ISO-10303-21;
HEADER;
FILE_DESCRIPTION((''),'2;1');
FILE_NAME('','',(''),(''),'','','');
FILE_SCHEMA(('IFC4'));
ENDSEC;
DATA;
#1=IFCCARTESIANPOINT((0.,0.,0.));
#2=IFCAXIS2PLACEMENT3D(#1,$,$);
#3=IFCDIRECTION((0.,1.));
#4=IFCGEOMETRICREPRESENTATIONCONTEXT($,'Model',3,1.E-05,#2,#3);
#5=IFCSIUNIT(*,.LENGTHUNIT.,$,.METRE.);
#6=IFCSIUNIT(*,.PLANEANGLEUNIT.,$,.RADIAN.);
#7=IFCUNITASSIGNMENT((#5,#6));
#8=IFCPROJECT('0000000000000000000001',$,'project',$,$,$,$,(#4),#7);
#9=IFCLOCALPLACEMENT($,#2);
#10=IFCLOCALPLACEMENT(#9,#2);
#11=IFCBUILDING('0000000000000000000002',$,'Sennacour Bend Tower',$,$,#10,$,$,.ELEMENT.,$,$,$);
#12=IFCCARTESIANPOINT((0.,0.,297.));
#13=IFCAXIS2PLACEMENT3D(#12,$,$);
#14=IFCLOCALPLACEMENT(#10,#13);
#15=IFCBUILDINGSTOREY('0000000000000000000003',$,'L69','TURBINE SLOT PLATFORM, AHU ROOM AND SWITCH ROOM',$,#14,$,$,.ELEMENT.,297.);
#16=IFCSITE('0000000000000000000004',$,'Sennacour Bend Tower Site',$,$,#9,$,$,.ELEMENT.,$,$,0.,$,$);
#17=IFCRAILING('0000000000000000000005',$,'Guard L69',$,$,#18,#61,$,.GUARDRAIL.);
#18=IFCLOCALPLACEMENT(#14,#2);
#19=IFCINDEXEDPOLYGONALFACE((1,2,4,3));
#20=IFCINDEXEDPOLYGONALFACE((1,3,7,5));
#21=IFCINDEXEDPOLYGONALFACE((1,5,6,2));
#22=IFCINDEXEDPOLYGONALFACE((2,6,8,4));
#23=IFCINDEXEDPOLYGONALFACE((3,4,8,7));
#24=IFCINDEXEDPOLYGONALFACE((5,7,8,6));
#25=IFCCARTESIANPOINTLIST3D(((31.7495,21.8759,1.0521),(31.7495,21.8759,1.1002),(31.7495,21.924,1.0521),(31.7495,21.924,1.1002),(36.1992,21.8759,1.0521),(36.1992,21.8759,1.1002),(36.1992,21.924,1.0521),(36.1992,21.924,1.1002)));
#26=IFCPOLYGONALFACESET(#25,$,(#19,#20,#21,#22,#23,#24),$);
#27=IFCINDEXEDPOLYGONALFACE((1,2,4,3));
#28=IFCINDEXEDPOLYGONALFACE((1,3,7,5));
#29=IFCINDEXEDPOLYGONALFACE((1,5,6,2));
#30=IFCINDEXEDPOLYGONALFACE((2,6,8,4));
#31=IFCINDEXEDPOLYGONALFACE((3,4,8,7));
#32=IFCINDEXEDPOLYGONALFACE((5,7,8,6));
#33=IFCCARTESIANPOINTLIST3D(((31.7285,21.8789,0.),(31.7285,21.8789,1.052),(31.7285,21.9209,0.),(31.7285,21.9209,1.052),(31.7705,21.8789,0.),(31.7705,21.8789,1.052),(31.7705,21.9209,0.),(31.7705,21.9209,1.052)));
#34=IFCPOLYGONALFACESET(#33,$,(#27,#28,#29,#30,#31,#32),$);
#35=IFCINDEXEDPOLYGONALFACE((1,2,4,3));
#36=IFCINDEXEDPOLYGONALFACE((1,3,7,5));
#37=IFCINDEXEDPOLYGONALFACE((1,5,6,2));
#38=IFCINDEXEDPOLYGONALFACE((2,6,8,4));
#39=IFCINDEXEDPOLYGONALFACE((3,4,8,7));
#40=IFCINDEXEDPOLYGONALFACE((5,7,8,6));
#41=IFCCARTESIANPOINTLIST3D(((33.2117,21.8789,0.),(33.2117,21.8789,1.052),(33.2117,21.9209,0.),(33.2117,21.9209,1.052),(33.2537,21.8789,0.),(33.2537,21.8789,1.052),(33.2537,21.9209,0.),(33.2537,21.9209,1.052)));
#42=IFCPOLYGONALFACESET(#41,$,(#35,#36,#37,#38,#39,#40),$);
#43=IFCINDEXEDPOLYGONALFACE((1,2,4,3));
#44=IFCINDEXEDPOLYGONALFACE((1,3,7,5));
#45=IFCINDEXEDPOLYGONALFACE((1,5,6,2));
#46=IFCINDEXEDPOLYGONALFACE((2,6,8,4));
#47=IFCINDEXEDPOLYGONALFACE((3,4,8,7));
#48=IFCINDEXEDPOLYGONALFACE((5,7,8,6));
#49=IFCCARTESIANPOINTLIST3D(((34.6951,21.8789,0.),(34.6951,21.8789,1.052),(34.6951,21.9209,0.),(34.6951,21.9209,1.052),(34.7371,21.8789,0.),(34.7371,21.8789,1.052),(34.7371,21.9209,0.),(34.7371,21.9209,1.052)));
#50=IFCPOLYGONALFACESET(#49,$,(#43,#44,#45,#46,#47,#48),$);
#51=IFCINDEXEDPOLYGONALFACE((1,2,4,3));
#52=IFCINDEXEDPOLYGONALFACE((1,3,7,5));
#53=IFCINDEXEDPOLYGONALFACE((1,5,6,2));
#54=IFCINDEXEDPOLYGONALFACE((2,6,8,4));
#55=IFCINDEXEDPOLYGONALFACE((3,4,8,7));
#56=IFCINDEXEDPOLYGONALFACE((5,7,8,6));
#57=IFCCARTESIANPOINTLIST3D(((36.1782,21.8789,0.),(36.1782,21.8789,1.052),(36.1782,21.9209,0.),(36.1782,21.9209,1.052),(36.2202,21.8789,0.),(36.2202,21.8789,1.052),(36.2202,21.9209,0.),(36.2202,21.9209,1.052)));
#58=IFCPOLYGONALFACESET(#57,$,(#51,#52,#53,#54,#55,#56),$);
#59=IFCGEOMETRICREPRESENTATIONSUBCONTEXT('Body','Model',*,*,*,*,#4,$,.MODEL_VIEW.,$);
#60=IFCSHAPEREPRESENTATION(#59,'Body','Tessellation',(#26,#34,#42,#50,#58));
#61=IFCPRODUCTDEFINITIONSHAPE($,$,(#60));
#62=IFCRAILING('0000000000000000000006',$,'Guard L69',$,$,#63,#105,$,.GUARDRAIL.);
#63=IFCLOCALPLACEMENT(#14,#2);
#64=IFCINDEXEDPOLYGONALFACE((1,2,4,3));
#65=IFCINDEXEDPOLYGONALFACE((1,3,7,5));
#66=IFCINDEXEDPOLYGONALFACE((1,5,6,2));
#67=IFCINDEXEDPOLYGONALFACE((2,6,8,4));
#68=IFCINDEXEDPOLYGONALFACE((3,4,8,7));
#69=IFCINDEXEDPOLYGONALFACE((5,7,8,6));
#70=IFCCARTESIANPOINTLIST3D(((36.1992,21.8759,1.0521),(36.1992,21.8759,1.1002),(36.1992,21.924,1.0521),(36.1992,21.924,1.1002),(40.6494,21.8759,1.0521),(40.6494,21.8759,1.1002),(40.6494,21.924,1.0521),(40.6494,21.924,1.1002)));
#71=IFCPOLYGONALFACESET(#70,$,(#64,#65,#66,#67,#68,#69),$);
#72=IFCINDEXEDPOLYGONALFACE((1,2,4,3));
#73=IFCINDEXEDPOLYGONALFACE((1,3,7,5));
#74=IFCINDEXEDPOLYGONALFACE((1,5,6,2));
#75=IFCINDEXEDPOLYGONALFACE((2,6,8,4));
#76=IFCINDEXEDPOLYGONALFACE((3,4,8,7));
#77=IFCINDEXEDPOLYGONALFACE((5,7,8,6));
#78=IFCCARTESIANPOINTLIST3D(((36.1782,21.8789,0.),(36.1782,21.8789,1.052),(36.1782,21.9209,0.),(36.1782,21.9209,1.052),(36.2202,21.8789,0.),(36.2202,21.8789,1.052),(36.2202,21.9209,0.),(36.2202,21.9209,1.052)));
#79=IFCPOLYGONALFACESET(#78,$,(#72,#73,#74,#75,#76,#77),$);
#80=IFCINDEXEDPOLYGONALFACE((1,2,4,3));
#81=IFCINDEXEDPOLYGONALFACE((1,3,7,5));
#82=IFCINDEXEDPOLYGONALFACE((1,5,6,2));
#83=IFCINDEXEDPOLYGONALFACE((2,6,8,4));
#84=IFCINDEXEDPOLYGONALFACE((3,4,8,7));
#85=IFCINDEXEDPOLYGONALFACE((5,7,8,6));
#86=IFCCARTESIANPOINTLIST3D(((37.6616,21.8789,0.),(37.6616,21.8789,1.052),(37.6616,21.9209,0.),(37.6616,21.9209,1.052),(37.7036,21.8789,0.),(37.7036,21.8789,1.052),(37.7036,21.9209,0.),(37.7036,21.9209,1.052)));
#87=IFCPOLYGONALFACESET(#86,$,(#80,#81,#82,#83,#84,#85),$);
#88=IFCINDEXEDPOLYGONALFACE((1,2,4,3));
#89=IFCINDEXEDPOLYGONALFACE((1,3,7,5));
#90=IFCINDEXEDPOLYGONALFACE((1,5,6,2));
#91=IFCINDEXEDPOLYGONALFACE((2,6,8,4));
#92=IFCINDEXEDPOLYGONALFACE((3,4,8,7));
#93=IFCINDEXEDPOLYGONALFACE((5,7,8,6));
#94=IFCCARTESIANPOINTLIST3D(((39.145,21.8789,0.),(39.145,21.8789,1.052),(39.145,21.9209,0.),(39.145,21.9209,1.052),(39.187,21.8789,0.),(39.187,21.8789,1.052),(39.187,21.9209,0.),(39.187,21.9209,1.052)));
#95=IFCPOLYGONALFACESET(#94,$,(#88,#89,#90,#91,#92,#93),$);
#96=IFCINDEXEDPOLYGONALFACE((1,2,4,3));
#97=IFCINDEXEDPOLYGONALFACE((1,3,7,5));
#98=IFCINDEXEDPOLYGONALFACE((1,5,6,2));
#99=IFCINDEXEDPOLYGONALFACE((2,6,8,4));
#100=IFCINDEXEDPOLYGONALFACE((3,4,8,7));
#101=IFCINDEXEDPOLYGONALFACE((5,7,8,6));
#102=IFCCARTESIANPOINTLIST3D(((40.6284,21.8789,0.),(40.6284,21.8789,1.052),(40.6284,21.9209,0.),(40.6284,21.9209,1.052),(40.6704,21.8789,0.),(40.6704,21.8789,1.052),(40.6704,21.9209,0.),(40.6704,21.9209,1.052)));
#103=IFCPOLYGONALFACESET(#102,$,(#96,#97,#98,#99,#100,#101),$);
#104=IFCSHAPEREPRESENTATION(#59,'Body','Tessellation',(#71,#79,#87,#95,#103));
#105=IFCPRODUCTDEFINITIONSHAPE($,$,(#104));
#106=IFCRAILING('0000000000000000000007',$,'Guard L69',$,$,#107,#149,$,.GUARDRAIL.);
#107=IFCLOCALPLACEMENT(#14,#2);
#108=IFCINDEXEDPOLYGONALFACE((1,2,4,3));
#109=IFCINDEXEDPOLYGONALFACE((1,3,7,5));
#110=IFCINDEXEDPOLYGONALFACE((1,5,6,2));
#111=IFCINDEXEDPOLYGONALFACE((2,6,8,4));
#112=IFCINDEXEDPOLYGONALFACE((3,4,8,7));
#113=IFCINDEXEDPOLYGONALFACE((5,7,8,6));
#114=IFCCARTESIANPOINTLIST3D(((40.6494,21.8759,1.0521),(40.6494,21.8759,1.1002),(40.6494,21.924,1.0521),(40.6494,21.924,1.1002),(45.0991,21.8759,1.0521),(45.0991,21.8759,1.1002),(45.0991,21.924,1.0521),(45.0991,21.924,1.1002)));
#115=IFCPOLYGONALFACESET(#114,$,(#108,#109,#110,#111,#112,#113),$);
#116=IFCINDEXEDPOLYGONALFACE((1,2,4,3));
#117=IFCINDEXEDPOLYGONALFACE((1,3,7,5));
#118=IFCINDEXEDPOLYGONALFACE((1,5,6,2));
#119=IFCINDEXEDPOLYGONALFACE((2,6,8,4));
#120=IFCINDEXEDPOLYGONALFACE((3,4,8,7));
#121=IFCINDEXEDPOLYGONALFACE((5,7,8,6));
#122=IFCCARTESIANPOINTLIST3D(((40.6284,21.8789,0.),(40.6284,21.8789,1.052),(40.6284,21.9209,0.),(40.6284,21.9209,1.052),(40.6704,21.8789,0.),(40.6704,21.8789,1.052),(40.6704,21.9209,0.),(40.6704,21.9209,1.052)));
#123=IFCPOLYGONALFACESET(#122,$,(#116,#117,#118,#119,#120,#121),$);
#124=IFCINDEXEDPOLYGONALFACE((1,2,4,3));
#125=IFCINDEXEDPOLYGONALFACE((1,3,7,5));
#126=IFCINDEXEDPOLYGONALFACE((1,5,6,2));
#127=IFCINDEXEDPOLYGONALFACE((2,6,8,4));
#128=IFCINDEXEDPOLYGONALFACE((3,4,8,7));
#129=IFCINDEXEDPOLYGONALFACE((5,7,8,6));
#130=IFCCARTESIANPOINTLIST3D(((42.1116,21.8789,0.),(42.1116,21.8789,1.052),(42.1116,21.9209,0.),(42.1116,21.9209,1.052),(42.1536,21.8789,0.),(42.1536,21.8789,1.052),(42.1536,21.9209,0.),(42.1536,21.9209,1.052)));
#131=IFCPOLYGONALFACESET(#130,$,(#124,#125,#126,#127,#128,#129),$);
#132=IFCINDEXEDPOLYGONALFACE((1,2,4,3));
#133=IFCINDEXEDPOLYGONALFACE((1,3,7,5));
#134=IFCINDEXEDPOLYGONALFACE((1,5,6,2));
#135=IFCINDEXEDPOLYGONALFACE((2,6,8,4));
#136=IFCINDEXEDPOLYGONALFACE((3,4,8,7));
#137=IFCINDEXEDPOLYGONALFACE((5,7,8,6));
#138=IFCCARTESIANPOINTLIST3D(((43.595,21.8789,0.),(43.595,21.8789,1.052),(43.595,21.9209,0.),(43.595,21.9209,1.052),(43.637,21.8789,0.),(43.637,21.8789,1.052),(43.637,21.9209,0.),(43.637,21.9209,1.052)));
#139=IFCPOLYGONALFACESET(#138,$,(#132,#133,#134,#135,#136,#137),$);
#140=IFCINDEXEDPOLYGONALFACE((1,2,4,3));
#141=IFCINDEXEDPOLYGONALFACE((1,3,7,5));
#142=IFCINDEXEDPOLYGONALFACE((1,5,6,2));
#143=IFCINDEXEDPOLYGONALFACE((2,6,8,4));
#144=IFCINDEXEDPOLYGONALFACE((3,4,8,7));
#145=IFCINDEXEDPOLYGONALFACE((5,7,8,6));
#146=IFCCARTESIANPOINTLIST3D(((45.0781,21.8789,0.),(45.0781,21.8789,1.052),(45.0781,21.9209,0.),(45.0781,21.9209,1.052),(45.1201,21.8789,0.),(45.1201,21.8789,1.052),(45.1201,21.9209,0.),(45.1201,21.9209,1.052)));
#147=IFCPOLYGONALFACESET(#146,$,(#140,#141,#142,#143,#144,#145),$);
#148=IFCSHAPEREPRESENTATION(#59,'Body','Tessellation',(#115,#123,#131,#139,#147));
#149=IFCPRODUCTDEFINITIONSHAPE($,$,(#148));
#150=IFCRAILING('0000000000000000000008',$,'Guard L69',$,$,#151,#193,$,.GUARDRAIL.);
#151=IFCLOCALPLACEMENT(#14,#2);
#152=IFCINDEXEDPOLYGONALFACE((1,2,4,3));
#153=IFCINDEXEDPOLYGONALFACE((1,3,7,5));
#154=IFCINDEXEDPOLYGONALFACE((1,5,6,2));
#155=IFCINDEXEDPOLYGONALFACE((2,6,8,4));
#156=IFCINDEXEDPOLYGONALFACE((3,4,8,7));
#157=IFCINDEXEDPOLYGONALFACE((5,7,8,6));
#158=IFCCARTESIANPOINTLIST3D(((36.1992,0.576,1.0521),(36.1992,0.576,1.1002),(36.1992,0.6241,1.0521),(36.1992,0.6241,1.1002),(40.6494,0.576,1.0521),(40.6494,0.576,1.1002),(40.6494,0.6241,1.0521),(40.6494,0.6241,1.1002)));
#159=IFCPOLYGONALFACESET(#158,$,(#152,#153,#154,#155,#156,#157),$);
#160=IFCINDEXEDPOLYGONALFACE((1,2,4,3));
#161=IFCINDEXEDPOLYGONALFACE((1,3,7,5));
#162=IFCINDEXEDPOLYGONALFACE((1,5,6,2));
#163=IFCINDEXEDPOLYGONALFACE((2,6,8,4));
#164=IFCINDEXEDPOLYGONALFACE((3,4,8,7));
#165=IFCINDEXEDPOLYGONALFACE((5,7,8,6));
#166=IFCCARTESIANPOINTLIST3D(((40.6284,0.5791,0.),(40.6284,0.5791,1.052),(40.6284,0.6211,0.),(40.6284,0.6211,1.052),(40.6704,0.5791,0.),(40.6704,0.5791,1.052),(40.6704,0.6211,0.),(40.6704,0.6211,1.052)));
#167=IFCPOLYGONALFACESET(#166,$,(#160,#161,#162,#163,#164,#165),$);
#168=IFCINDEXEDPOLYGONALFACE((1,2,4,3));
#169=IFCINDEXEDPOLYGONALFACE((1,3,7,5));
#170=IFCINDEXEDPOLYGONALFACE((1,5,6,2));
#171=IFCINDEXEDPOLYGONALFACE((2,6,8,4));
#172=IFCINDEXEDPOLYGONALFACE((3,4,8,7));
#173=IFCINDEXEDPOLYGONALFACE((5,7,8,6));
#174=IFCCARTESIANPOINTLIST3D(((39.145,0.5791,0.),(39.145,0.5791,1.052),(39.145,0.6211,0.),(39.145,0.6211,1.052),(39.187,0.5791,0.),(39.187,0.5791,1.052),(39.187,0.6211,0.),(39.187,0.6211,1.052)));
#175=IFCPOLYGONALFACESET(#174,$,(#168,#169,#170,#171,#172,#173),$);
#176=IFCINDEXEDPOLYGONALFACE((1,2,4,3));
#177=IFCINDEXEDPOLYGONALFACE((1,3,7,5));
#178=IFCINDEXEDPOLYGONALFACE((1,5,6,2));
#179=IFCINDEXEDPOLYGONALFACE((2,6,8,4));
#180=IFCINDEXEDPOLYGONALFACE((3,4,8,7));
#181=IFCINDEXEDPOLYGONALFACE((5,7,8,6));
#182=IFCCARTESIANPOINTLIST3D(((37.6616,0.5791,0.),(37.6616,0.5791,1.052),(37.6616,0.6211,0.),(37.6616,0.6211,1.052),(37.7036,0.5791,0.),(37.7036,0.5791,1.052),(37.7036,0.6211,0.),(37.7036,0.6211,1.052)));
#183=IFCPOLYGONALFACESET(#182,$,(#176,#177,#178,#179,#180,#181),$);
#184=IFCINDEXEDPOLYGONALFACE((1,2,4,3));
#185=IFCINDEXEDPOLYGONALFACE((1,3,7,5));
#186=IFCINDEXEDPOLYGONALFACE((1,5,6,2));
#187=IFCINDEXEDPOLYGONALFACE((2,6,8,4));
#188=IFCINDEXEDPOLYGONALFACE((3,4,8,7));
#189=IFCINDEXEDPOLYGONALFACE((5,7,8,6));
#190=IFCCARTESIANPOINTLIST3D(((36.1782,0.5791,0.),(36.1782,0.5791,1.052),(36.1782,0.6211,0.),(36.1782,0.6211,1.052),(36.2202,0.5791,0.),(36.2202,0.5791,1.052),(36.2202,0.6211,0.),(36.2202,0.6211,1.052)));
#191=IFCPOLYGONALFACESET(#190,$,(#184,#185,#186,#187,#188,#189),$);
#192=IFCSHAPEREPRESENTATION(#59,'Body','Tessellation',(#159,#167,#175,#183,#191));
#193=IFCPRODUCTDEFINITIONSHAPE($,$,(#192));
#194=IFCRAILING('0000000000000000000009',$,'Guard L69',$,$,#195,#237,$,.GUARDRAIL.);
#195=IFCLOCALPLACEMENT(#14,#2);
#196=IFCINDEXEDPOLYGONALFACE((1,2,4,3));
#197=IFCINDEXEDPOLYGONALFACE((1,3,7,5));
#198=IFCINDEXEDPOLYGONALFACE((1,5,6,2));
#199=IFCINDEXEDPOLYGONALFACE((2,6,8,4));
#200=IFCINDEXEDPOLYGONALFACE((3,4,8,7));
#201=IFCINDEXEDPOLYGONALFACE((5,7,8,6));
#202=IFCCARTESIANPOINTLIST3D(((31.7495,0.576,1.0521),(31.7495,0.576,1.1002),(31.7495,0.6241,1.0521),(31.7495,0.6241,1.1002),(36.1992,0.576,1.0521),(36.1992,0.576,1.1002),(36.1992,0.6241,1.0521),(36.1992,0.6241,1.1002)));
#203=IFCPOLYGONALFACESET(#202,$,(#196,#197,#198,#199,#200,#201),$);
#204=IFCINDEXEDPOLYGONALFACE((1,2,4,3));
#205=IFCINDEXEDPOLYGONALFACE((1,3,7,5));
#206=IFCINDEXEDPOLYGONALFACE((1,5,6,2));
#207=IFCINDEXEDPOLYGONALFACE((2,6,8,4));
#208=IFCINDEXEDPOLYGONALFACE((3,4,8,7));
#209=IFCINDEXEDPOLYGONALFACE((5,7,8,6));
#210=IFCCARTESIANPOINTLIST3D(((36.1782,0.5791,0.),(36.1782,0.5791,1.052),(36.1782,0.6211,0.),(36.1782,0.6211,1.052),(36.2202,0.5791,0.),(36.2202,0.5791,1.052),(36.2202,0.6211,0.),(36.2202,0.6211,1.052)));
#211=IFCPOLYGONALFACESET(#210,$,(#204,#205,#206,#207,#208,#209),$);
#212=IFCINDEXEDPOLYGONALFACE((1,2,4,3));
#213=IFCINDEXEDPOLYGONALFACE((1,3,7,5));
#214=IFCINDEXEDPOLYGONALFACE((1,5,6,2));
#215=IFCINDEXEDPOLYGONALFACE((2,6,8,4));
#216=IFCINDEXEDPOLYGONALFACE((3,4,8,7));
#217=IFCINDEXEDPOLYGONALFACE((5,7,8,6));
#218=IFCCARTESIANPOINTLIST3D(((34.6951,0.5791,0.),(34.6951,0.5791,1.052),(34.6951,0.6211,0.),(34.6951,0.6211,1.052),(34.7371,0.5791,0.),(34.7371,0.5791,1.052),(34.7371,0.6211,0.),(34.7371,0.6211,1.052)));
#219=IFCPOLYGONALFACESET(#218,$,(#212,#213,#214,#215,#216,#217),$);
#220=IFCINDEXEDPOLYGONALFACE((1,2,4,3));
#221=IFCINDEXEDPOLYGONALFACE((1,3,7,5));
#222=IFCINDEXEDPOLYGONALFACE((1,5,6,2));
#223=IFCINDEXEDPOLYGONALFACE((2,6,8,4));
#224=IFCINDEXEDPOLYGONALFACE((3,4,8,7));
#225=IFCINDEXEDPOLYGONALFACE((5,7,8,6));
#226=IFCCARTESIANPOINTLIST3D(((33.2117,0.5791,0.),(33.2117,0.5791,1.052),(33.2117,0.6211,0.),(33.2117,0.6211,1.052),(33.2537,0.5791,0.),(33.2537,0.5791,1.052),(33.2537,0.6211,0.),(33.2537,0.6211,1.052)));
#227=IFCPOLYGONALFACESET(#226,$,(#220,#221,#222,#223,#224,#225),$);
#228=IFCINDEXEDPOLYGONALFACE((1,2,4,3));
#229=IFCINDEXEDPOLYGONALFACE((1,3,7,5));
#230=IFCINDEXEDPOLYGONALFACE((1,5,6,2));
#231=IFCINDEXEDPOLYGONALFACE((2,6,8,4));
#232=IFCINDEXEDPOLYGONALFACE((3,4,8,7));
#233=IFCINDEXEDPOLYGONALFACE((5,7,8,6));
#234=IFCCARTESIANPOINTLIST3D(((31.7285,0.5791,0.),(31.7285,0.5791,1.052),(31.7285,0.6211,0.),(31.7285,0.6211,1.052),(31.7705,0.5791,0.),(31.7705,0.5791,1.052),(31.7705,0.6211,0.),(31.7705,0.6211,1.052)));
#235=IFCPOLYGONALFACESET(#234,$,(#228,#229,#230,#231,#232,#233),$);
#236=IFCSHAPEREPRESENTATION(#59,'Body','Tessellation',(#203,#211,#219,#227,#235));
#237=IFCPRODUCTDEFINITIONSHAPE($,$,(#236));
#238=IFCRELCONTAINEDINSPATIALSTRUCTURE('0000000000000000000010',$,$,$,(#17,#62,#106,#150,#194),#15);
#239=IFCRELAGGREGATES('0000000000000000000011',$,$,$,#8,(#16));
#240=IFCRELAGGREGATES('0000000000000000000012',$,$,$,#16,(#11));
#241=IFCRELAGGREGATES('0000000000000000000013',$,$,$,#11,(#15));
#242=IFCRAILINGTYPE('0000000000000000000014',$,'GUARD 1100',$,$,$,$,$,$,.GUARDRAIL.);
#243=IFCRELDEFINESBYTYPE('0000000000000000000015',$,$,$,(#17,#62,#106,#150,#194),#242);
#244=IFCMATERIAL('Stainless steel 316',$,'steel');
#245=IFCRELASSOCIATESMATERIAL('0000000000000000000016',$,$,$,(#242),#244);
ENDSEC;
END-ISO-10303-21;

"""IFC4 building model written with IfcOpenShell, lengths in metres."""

from ifc_helpers import new_model, si_unit, direction, frame, origin, origin_2d, place, context, subcontext, project, spatial, rectangle, extrude, material, type_object, element, save


model = new_model("IFC4")

# Units and contexts
model_context = context("Model", 3, precision=1e-05, world=origin(), true_north=direction((0.0, 1.0)))
body_context = subcontext(model_context, "Body", "Model", "MODEL_VIEW")
ifc_project = project(units=[si_unit("LENGTHUNIT", "METRE"), si_unit("PLANEANGLEUNIT", "RADIAN")], contexts=[model_context])

# Site, building, storey
site_placement = place(None, origin())
site = spatial("IfcSite", under=ifc_project, at=site_placement, Name="Sennacour Bend Tower Site", CompositionType="ELEMENT", RefElevation=0.0)
building_placement = place(site_placement, origin())
building = spatial("IfcBuilding", under=site, at=building_placement, Name="Sennacour Bend Tower", CompositionType="ELEMENT")
storey_placement = place(building_placement, frame((0.0, 0.0, 297.0)))
storey = spatial("IfcBuildingStorey", under=building, at=storey_placement, Name="L69", Description="TURBINE SLOT PLATFORM, AHU ROOM AND SWITCH ROOM", CompositionType="ELEMENT", Elevation=297.0)

# Railings
ifc_material_1 = material(Name="Stainless steel 316", Category="steel")
railing_type = type_object("IfcRailingType", Name="GUARD 1100", PredefinedType="GUARDRAIL", material=ifc_material_1)
railing_1_placement = place(storey_placement, frame((31.7495, 21.8999, 0.0)))
element("IfcRailing", 1, at=railing_1_placement, inside=storey, type_object=railing_type, Name="Guard L69", PredefinedType="GUARDRAIL", context=body_context, shape_type="SweptSolid", body=[
    extrude(rectangle(XDim=0.0481, YDim=0.0481, at=origin_2d()), frame((0.0, 0.0, 1.0762), z_axis=(1.0, 0.0, 0.0), x_axis=(0.0, 1.0, 0.0)), (0.0, 0.0, 1.0), 4.4497),
    extrude(rectangle(XDim=0.042, YDim=0.042, at=origin_2d()), origin(), (0.0, 0.0, 1.0), 1.052),
    extrude(rectangle(XDim=0.042, YDim=0.042, at=origin_2d()), frame((1.4832, 0.0, 0.0)), (0.0, 0.0, 1.0), 1.052),
    extrude(rectangle(XDim=0.042, YDim=0.042, at=origin_2d()), frame((2.9666, 0.0, 0.0)), (0.0, 0.0, 1.0), 1.052),
    extrude(rectangle(XDim=0.042, YDim=0.042, at=origin_2d()), frame((4.4497, 0.0, 0.0)), (0.0, 0.0, 1.0), 1.052),
])
railing_2_placement = place(storey_placement, frame((36.1992, 21.8999, 0.0)))
element("IfcRailing", 2, at=railing_2_placement, inside=storey, type_object=railing_type, Name="Guard L69", PredefinedType="GUARDRAIL", context=body_context, shape_type="SweptSolid", body=[
    extrude(rectangle(XDim=0.0481, YDim=0.0481, at=origin_2d()), frame((0.0, 0.0, 1.0762), z_axis=(1.0, 0.0, 0.0), x_axis=(0.0, 1.0, 0.0)), (0.0, 0.0, 1.0), 4.4502),
    extrude(rectangle(XDim=0.042, YDim=0.042, at=origin_2d()), origin(), (0.0, 0.0, 1.0), 1.052),
    extrude(rectangle(XDim=0.042, YDim=0.042, at=origin_2d()), frame((1.4834, 0.0, 0.0)), (0.0, 0.0, 1.0), 1.052),
    extrude(rectangle(XDim=0.042, YDim=0.042, at=origin_2d()), frame((2.9668, 0.0, 0.0)), (0.0, 0.0, 1.0), 1.052),
    extrude(rectangle(XDim=0.042, YDim=0.042, at=origin_2d()), frame((4.4502, 0.0, 0.0)), (0.0, 0.0, 1.0), 1.052),
])
railing_3_placement = place(storey_placement, frame((40.6494, 21.8999, 0.0)))
element("IfcRailing", 3, at=railing_3_placement, inside=storey, type_object=railing_type, Name="Guard L69", PredefinedType="GUARDRAIL", context=body_context, shape_type="SweptSolid", body=[
    extrude(rectangle(XDim=0.0481, YDim=0.0481, at=origin_2d()), frame((0.0, 0.0, 1.0762), z_axis=(1.0, 0.0, 0.0), x_axis=(0.0, 1.0, 0.0)), (0.0, 0.0, 1.0), 4.4497),
    extrude(rectangle(XDim=0.042, YDim=0.042, at=origin_2d()), origin(), (0.0, 0.0, 1.0), 1.052),
    extrude(rectangle(XDim=0.042, YDim=0.042, at=origin_2d()), frame((1.4832, 0.0, 0.0)), (0.0, 0.0, 1.0), 1.052),
    extrude(rectangle(XDim=0.042, YDim=0.042, at=origin_2d()), frame((2.9666, 0.0, 0.0)), (0.0, 0.0, 1.0), 1.052),
    extrude(rectangle(XDim=0.042, YDim=0.042, at=origin_2d()), frame((4.4497, 0.0, 0.0)), (0.0, 0.0, 1.0), 1.052),
])
railing_4_placement = place(storey_placement, frame((40.6494, 0.6001, 0.0)))
element("IfcRailing", 4, at=railing_4_placement, inside=storey, type_object=railing_type, Name="Guard L69", PredefinedType="GUARDRAIL", context=body_context, shape_type="SweptSolid", body=[
    extrude(rectangle(XDim=0.0481, YDim=0.0481, at=origin_2d()), frame((0.0, 0.0, 1.0762), z_axis=(-1.0, 0.0, 0.0), x_axis=(0.0, -1.0, 0.0)), (0.0, 0.0, 1.0), 4.4502),
    extrude(rectangle(XDim=0.042, YDim=0.042, at=origin_2d()), origin(), (0.0, 0.0, 1.0), 1.052),
    extrude(rectangle(XDim=0.042, YDim=0.042, at=origin_2d()), frame((-1.4834, 0.0, 0.0)), (0.0, 0.0, 1.0), 1.052),
    extrude(rectangle(XDim=0.042, YDim=0.042, at=origin_2d()), frame((-2.9668, 0.0, 0.0)), (0.0, 0.0, 1.0), 1.052),
    extrude(rectangle(XDim=0.042, YDim=0.042, at=origin_2d()), frame((-4.4502, 0.0, 0.0)), (0.0, 0.0, 1.0), 1.052),
])
railing_5_placement = place(storey_placement, frame((36.1992, 0.6001, 0.0)))
element("IfcRailing", 5, at=railing_5_placement, inside=storey, type_object=railing_type, Name="Guard L69", PredefinedType="GUARDRAIL", context=body_context, shape_type="SweptSolid", body=[
    extrude(rectangle(XDim=0.0481, YDim=0.0481, at=origin_2d()), frame((0.0, 0.0, 1.0762), z_axis=(-1.0, 0.0, 0.0), x_axis=(0.0, -1.0, 0.0)), (0.0, 0.0, 1.0), 4.4497),
    extrude(rectangle(XDim=0.042, YDim=0.042, at=origin_2d()), origin(), (0.0, 0.0, 1.0), 1.052),
    extrude(rectangle(XDim=0.042, YDim=0.042, at=origin_2d()), frame((-1.4832, 0.0, 0.0)), (0.0, 0.0, 1.0), 1.052),
    extrude(rectangle(XDim=0.042, YDim=0.042, at=origin_2d()), frame((-2.9666, 0.0, 0.0)), (0.0, 0.0, 1.0), 1.052),
    extrude(rectangle(XDim=0.042, YDim=0.042, at=origin_2d()), frame((-4.4497, 0.0, 0.0)), (0.0, 0.0, 1.0), 1.052),
])

save(model, "model.ifc")
